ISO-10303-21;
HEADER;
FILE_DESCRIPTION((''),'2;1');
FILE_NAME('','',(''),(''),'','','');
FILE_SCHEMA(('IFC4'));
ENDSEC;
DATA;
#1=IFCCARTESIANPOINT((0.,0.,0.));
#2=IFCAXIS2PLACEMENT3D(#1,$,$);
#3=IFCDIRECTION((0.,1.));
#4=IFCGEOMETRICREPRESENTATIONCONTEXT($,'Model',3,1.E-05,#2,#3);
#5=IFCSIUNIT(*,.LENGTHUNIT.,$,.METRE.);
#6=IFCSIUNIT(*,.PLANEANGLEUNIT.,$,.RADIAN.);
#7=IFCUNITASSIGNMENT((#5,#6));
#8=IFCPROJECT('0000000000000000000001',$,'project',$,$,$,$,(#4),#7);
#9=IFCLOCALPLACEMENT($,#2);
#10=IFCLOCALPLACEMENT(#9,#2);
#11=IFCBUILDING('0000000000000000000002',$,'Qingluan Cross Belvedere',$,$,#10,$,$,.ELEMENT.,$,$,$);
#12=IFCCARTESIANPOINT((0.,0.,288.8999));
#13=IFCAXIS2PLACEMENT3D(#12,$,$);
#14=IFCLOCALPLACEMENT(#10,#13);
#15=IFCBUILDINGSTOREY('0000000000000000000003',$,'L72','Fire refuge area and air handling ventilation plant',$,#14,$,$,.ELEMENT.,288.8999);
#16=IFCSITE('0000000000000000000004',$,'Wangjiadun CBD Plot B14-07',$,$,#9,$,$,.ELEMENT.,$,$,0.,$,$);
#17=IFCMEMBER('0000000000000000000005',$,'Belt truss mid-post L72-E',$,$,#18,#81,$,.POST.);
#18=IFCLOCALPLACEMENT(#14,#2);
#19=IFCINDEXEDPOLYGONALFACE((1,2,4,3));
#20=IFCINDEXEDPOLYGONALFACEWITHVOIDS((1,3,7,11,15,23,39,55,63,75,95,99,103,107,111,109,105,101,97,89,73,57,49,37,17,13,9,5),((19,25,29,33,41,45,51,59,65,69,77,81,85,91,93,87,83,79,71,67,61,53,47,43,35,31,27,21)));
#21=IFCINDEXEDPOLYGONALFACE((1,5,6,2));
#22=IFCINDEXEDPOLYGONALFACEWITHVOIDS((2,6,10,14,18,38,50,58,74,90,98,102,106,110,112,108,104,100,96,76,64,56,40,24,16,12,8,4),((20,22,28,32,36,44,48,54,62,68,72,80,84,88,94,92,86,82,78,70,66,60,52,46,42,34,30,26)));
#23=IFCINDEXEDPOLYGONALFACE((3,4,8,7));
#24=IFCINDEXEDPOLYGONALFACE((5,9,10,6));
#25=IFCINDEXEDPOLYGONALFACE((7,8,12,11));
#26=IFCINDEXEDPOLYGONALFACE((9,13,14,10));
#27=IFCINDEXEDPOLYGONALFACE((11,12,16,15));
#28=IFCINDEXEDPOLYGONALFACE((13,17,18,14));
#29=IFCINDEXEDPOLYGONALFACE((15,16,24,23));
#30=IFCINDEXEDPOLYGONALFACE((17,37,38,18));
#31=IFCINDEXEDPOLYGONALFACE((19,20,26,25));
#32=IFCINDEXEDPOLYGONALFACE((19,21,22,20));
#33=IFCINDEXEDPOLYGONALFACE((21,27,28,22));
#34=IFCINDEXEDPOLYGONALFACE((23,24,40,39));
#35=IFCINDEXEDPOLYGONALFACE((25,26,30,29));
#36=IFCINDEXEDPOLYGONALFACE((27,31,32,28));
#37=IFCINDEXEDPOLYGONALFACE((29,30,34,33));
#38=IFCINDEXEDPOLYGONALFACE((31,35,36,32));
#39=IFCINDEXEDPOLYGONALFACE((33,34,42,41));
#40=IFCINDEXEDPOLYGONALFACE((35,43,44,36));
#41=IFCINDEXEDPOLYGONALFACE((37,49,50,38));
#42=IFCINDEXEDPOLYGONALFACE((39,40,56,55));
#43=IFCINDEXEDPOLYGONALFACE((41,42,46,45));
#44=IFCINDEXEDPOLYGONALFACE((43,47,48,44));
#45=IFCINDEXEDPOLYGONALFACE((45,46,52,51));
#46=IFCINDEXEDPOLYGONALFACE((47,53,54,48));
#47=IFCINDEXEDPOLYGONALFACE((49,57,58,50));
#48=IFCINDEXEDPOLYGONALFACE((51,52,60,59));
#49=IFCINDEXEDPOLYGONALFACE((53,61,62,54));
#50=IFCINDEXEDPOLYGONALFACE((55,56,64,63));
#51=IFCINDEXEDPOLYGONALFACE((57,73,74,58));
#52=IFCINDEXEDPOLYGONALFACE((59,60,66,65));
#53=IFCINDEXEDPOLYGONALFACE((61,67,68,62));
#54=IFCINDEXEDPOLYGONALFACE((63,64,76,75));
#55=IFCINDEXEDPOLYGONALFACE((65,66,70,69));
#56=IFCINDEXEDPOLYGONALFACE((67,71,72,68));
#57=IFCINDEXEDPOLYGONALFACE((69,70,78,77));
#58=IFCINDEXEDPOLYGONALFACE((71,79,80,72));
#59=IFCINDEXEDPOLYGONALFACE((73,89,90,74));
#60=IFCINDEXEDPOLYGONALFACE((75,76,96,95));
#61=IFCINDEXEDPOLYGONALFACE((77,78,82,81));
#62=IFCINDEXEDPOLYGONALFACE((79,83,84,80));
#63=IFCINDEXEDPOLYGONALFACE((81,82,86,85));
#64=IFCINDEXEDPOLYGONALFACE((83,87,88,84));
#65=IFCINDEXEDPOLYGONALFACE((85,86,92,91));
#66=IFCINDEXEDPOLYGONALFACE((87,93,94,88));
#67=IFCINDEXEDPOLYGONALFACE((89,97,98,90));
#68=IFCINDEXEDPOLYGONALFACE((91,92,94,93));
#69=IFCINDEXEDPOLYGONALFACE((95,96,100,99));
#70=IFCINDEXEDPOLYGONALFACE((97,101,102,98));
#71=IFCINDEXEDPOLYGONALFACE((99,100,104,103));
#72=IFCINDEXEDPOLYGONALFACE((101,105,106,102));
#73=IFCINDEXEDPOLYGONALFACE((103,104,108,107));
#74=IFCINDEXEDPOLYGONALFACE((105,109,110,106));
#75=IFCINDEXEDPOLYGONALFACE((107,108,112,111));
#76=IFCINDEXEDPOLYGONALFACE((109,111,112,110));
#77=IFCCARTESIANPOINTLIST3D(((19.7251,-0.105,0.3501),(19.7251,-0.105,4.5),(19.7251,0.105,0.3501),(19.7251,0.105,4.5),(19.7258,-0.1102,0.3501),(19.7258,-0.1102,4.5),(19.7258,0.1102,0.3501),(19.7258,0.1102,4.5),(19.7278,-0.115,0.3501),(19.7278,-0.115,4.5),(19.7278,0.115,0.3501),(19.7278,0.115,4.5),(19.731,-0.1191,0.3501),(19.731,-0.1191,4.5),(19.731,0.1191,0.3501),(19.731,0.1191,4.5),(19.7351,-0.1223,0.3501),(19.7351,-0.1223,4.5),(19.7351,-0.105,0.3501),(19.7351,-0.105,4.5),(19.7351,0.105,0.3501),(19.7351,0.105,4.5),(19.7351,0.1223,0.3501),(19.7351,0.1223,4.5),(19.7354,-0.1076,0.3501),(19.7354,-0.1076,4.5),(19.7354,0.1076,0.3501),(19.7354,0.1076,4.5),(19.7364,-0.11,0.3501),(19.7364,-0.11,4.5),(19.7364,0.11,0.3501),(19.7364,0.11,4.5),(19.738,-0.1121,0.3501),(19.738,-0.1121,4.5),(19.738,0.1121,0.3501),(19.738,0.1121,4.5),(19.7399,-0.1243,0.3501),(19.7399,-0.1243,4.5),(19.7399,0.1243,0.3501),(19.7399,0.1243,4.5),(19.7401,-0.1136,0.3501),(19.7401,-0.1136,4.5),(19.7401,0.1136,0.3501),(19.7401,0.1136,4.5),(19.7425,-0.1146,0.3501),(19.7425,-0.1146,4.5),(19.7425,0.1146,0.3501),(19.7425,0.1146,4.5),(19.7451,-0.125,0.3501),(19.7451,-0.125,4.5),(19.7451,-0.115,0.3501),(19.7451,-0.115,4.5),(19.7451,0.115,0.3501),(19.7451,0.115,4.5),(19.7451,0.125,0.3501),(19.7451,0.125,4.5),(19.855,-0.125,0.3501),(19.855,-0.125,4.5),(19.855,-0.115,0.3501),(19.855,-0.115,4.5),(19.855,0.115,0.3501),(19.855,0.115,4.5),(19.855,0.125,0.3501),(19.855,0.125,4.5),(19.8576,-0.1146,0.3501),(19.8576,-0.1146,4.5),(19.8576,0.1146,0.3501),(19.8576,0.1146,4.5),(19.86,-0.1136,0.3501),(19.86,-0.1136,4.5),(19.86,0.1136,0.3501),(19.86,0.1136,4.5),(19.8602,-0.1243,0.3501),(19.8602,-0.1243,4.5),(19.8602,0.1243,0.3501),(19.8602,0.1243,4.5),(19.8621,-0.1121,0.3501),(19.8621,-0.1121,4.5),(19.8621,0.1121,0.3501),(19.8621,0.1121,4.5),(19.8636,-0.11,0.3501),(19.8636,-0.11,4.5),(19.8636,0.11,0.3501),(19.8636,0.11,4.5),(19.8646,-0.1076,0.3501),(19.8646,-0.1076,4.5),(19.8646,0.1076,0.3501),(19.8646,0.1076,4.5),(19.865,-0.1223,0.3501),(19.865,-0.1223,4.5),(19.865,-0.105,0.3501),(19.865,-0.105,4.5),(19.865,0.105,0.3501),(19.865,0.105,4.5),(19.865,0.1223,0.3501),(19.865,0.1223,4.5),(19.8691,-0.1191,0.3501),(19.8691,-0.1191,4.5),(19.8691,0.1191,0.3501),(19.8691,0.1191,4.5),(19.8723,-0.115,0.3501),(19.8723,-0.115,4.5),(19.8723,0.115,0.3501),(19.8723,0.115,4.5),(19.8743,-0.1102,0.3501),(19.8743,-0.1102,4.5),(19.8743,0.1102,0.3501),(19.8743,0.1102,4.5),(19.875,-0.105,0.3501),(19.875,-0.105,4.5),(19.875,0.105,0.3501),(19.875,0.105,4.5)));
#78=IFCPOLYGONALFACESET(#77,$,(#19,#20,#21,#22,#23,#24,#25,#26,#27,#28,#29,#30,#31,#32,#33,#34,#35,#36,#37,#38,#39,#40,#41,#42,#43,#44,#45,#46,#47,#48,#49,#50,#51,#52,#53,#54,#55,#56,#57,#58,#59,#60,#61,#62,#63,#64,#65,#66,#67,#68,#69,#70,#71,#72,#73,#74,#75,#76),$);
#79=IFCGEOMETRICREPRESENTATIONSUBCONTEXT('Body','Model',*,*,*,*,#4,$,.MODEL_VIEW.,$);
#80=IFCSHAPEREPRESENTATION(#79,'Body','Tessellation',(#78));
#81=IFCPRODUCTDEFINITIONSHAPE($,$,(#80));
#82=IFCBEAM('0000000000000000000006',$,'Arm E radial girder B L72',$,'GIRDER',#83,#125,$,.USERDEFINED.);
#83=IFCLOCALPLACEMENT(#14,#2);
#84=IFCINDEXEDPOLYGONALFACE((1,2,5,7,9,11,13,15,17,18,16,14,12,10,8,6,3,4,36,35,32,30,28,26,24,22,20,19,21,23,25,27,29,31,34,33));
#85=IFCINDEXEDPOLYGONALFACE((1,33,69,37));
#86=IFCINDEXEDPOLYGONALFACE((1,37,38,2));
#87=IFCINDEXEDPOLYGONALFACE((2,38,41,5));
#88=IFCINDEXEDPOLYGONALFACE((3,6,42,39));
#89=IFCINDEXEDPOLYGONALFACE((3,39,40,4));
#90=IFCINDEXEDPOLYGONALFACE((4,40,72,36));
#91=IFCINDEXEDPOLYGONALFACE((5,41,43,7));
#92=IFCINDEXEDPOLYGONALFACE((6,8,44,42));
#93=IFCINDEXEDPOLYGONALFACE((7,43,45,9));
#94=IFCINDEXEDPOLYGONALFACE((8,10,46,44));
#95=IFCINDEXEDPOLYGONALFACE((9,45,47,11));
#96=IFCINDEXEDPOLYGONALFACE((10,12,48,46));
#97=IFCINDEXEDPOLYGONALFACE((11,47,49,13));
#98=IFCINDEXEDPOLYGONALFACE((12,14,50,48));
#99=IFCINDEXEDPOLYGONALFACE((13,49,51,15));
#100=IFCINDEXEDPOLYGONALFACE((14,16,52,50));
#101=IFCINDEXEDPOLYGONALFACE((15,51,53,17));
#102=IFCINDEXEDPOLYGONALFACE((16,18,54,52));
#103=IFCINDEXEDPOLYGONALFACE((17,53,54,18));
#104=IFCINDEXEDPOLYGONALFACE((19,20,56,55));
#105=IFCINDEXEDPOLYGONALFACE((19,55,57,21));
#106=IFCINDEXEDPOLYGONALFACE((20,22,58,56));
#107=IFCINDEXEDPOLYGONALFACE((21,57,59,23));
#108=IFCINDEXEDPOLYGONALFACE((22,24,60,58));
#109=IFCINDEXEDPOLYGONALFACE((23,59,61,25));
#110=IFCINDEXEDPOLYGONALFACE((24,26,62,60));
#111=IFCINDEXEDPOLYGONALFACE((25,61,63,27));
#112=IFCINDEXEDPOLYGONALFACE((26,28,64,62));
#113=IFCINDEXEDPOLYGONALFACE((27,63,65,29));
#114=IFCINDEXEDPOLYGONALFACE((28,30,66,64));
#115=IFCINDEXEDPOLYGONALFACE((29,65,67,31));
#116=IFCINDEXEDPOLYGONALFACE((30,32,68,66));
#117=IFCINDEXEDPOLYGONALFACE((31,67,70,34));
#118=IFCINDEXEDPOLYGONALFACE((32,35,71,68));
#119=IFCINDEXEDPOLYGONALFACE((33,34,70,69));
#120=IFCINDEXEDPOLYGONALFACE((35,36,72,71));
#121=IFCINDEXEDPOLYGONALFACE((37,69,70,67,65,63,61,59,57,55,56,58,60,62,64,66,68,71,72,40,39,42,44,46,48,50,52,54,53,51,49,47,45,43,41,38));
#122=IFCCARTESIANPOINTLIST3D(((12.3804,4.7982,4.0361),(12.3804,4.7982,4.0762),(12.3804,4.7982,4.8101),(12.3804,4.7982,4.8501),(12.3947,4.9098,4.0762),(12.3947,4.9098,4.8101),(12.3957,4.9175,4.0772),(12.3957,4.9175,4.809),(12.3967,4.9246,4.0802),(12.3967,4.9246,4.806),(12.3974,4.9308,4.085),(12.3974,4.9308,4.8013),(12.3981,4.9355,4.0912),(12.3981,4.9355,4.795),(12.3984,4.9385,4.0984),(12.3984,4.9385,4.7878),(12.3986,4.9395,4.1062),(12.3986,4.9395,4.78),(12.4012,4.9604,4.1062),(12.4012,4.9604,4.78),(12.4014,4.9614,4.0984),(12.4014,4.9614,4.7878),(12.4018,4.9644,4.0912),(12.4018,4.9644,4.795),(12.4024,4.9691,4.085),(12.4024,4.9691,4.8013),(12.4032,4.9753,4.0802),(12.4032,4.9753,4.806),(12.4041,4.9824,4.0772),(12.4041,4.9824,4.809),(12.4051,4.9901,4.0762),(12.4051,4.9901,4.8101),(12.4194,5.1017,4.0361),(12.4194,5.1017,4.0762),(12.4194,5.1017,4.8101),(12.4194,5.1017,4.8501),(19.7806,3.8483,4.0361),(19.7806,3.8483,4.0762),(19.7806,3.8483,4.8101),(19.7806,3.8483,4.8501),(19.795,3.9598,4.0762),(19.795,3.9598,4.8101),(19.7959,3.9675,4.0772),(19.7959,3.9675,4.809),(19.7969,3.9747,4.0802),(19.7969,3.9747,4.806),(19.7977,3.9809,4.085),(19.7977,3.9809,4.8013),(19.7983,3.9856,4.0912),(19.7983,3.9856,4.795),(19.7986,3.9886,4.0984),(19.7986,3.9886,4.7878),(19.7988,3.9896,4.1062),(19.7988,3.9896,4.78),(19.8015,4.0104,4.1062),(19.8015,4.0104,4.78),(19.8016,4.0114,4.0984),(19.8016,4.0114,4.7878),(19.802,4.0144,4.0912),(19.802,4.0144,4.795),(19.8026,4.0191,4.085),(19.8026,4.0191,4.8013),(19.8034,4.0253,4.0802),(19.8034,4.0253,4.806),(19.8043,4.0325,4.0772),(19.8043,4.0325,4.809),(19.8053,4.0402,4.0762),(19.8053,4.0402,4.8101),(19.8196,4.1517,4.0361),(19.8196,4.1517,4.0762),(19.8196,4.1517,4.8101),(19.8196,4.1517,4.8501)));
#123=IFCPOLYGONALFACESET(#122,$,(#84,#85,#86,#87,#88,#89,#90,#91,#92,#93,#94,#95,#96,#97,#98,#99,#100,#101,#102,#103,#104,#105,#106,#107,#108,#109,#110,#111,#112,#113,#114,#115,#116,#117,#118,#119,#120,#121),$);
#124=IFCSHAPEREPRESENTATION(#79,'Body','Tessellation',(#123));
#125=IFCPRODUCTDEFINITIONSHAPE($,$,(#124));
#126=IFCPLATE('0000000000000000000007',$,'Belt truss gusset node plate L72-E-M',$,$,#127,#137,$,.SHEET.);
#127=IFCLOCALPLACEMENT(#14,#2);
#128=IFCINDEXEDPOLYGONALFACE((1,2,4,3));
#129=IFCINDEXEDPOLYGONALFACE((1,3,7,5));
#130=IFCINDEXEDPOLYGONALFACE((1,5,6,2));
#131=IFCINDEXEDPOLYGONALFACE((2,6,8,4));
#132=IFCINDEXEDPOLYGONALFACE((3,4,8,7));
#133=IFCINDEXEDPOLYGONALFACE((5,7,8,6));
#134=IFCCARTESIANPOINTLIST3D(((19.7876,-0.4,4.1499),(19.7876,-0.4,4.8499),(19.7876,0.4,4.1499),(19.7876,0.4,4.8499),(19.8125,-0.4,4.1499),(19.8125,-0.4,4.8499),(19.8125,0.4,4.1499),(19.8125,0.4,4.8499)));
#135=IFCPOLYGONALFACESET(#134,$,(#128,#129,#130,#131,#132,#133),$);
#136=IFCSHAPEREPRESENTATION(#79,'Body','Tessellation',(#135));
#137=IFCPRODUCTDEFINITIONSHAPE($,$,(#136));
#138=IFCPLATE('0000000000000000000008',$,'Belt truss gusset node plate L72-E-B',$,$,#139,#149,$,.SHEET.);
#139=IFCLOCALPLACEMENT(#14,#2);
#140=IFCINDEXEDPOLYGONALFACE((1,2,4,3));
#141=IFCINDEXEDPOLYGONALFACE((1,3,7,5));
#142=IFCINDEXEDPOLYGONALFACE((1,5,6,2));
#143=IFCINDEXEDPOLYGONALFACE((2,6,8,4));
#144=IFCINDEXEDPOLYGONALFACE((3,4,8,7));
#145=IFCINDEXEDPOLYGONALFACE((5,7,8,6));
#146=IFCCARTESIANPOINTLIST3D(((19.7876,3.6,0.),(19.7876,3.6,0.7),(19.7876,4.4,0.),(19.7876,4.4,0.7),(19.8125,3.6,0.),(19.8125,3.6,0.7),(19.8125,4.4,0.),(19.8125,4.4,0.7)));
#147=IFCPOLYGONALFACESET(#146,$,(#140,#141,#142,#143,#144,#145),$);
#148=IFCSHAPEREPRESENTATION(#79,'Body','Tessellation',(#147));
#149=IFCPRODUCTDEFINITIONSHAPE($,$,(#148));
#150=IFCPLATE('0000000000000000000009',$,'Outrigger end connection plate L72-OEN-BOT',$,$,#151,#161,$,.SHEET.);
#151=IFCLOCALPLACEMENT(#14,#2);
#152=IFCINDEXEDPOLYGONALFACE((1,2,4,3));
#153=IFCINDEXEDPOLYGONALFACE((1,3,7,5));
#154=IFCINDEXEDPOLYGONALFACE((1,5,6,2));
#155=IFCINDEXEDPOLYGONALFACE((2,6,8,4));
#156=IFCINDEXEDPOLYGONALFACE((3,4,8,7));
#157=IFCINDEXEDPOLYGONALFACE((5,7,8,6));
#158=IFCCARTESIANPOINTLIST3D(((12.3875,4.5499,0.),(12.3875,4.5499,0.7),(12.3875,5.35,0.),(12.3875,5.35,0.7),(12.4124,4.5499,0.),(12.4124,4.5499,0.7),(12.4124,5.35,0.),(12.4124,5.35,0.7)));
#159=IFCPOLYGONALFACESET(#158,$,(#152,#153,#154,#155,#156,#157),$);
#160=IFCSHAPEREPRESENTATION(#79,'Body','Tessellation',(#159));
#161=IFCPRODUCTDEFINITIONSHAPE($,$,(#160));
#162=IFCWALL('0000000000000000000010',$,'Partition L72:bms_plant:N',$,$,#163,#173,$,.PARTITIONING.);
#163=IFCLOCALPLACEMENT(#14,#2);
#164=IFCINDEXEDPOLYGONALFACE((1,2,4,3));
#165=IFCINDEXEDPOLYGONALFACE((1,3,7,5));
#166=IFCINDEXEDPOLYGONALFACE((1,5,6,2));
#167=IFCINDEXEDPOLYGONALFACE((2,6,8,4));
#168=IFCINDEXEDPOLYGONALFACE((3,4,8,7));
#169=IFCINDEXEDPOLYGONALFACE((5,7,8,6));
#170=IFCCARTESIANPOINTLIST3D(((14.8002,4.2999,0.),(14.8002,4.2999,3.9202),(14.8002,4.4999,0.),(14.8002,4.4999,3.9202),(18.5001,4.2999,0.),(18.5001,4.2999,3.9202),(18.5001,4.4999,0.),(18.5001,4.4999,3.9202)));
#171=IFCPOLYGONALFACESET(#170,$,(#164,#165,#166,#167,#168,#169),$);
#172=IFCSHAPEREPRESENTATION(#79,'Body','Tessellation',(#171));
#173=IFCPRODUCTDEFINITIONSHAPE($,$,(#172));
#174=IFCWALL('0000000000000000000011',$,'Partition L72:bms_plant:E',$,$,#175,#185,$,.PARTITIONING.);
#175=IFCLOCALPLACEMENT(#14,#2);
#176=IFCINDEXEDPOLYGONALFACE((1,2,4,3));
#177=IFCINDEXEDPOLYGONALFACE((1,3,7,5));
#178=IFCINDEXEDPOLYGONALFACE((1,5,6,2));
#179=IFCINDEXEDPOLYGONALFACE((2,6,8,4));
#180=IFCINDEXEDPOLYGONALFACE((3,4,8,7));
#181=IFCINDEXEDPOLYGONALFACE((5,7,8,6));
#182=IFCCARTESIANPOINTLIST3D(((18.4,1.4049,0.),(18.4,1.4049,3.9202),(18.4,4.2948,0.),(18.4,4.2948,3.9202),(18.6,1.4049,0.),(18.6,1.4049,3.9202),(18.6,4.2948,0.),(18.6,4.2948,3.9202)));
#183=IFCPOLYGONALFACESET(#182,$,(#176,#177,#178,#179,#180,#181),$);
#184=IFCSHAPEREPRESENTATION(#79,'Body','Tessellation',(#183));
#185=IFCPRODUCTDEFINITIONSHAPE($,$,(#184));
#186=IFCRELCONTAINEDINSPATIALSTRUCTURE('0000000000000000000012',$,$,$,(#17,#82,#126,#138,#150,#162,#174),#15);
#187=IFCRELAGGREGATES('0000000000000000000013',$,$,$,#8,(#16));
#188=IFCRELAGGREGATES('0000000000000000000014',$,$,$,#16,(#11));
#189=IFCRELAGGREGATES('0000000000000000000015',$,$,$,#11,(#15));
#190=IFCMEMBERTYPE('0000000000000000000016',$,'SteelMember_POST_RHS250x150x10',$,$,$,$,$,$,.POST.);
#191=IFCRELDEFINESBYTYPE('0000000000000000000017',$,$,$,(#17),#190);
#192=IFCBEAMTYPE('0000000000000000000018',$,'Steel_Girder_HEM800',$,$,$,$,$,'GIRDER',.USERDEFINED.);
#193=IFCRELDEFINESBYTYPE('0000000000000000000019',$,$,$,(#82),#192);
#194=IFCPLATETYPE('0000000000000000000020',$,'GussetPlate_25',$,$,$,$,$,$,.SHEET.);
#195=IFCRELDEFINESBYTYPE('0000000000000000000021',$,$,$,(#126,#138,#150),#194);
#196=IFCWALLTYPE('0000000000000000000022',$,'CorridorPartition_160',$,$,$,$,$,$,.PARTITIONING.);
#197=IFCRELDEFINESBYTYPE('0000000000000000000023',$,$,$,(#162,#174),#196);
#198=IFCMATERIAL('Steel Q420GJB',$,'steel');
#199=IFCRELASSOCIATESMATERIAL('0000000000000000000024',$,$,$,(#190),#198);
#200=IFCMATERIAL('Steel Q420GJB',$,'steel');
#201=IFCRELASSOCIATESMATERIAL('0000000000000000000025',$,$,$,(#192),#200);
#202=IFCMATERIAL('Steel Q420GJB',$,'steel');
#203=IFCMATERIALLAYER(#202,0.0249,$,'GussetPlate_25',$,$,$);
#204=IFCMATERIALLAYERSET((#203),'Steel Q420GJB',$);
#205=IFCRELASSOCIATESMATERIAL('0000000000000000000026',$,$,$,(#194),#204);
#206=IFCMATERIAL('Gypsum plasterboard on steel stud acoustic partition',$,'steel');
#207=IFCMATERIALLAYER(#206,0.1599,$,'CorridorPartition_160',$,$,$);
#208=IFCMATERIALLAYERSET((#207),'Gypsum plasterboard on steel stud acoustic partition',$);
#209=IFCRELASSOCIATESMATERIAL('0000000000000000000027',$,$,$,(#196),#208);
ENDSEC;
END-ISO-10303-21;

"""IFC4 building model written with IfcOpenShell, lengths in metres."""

from ifc_helpers import new_model, si_unit, direction, frame, frame_2d, origin, origin_2d, place, context, subcontext, project, spatial, rectangle, hollow_rectangle, i_section, extrude, material, layer, layer_set, material_profile, profile_set, type_object, element, save


model = new_model("IFC4")

# Units and contexts
model_context = context("Model", 3, precision=1e-05, world=origin(), true_north=direction((0.0, 1.0)))
body_context = subcontext(model_context, "Body", "Model", "MODEL_VIEW")
ifc_project = project(units=[si_unit("LENGTHUNIT", "METRE"), si_unit("PLANEANGLEUNIT", "RADIAN")], contexts=[model_context])

# Site, building, storey
site_placement = place(None, origin())
site = spatial("IfcSite", under=ifc_project, at=site_placement, Name="Wangjiadun CBD Plot B14-07", CompositionType="ELEMENT", RefElevation=0.0)
building_placement = place(site_placement, origin())
building = spatial("IfcBuilding", under=site, at=building_placement, Name="Qingluan Cross Belvedere", CompositionType="ELEMENT")
storey_placement = place(building_placement, frame((0.0, 0.0, 288.8999)))
storey = spatial("IfcBuildingStorey", under=building, at=storey_placement, Name="L72", Description="Fire refuge area and air handling ventilation plant", CompositionType="ELEMENT", Elevation=288.8999)

# Member
ifc_material_1 = material(Name="Steel Q420GJB", Category="steel")
ifc_material_profile_1 = material_profile(ifc_material_1, hollow_rectangle(XDim=0.1499, YDim=0.25, WallThickness=0.01, InnerFilletRadius=0.01, OuterFilletRadius=0.02, at=origin_2d()), Name="RHS250x150x10")
ifc_profile_set_1 = profile_set([ifc_material_profile_1], Name="Steel Q420GJB")
member_type_1 = type_object("IfcMemberType", Name="SteelMember_POST_RHS250x150x10", PredefinedType="POST", material=ifc_profile_set_1)
member_1_placement = place(storey_placement, frame((19.8, 0.0, 0.3501), z_axis=(0.0, 0.0, 1.0), x_axis=(1.0, 0.0, 0.0)))
element("IfcMember", 1, at=member_1_placement, inside=storey, type_object=member_type_1, Name="Belt truss mid-post L72-E", PredefinedType="POST", context=body_context, shape_type="SweptSolid", body=[
    extrude(hollow_rectangle(XDim=0.1499, YDim=0.25, WallThickness=0.01, InnerFilletRadius=0.01, OuterFilletRadius=0.02, at=origin_2d()), origin(), (0.0, 0.0, 1.0), 4.1499),
])

# Beam
ifc_material_2 = material(Name="Steel Q420GJB", Category="steel")
ifc_material_profile_2 = material_profile(ifc_material_2, i_section(OverallWidth=0.3059, OverallDepth=0.814, WebThickness=0.021, FlangeThickness=0.04, FilletRadius=0.03, at=origin_2d()), Name="HEM800")
ifc_profile_set_2 = profile_set([ifc_material_profile_2], Name="Steel Q420GJB")
beam_type = type_object("IfcBeamType", Name="Steel_Girder_HEM800", ElementType="GIRDER", PredefinedType="USERDEFINED", material=ifc_profile_set_2)
beam_placement = place(storey_placement, frame((12.3999, 4.95, 4.4431), z_axis=(0.991861, -0.127324, 0.0), x_axis=(0.127324, 0.991861, 0.0)))
element("IfcBeam", 2, at=beam_placement, inside=storey, type_object=beam_type, Name="Arm E radial girder B L72", ObjectType="GIRDER", PredefinedType="USERDEFINED", context=body_context, shape_type="SweptSolid", body=[
    extrude(i_section(OverallWidth=0.3059, OverallDepth=0.814, WebThickness=0.021, FlangeThickness=0.04, FilletRadius=0.03, at=origin_2d()), origin(), (0.0, 0.0, 1.0), 7.4609),
])

# Plates
ifc_material_3 = material(Name="Steel Q420GJB", Category="steel")
ifc_layer_1 = layer(ifc_material_3, 0.0249, Name="GussetPlate_25")
ifc_layer_set_1 = layer_set([ifc_layer_1], Name="Steel Q420GJB")
plate_type = type_object("IfcPlateType", Name="GussetPlate_25", PredefinedType="SHEET", material=ifc_layer_set_1)
for number, where, z_axis, x_axis, name in (
    (3, (19.8, 0.0, 4.1499), (0.0, 0.0, 1.0), (0.0, 1.0, 0.0), "Belt truss gusset node plate L72-E-M"),
    (4, (19.8, 4.0, 0.0), (0.0, 0.0, 1.0), (0.0, 1.0, 0.0), "Belt truss gusset node plate L72-E-B"),
    (5, (12.3999, 4.95, 0.0), (0.0, 0.0, 1.0), (0.0, 1.0, 0.0), "Outrigger end connection plate L72-OEN-BOT"),
):
    element("IfcPlate", number, at=place(storey_placement, frame(where, z_axis=z_axis, x_axis=x_axis)), inside=storey, type_object=plate_type, Name=name, PredefinedType="SHEET", context=body_context, shape_type="SweptSolid", body=[
        extrude(rectangle(XDim=0.8, YDim=0.0249, at=origin_2d()), origin(), (0.0, 0.0, 1.0), 0.7),
    ])

# Wall
ifc_material_4 = material(Name="Gypsum plasterboard on steel stud acoustic partition", Category="steel")
ifc_layer_2 = layer(ifc_material_4, 0.1599, Name="CorridorPartition_160")
ifc_layer_set_2 = layer_set([ifc_layer_2], Name="Gypsum plasterboard on steel stud acoustic partition")
wall_type_1 = type_object("IfcWallType", Name="CorridorPartition_160", PredefinedType="PARTITIONING", material=ifc_layer_set_2)
wall_1_placement = place(storey_placement, frame((14.8, 4.3999, 0.0), z_axis=(0.0, 0.0, 1.0), x_axis=(1.0, 0.0, 0.0)))
element("IfcWall", 6, at=wall_1_placement, inside=storey, type_object=wall_type_1, Name="Partition L72:bms_plant:N", PredefinedType="PARTITIONING", context=body_context, shape_type="SweptSolid", body=[
    extrude(rectangle(XDim=3.7, YDim=0.2, at=frame_2d((1.8501, 0.0))), origin(), (0.0, 0.0, 1.0), 3.9202),
])

# Wall
wall_2_placement = place(storey_placement, frame((18.5, 1.405, 0.0), z_axis=(0.0, 0.0, 1.0), x_axis=(0.0, 1.0, 0.0)))
element("IfcWall", 7, at=wall_2_placement, inside=storey, type_object=wall_type_1, Name="Partition L72:bms_plant:E", PredefinedType="PARTITIONING", context=body_context, shape_type="SweptSolid", body=[
    extrude(rectangle(XDim=2.8899, YDim=0.2, at=frame_2d((1.4448, 0.0))), origin(), (0.0, 0.0, 1.0), 3.9202),
])

save(model, "model.ifc")
